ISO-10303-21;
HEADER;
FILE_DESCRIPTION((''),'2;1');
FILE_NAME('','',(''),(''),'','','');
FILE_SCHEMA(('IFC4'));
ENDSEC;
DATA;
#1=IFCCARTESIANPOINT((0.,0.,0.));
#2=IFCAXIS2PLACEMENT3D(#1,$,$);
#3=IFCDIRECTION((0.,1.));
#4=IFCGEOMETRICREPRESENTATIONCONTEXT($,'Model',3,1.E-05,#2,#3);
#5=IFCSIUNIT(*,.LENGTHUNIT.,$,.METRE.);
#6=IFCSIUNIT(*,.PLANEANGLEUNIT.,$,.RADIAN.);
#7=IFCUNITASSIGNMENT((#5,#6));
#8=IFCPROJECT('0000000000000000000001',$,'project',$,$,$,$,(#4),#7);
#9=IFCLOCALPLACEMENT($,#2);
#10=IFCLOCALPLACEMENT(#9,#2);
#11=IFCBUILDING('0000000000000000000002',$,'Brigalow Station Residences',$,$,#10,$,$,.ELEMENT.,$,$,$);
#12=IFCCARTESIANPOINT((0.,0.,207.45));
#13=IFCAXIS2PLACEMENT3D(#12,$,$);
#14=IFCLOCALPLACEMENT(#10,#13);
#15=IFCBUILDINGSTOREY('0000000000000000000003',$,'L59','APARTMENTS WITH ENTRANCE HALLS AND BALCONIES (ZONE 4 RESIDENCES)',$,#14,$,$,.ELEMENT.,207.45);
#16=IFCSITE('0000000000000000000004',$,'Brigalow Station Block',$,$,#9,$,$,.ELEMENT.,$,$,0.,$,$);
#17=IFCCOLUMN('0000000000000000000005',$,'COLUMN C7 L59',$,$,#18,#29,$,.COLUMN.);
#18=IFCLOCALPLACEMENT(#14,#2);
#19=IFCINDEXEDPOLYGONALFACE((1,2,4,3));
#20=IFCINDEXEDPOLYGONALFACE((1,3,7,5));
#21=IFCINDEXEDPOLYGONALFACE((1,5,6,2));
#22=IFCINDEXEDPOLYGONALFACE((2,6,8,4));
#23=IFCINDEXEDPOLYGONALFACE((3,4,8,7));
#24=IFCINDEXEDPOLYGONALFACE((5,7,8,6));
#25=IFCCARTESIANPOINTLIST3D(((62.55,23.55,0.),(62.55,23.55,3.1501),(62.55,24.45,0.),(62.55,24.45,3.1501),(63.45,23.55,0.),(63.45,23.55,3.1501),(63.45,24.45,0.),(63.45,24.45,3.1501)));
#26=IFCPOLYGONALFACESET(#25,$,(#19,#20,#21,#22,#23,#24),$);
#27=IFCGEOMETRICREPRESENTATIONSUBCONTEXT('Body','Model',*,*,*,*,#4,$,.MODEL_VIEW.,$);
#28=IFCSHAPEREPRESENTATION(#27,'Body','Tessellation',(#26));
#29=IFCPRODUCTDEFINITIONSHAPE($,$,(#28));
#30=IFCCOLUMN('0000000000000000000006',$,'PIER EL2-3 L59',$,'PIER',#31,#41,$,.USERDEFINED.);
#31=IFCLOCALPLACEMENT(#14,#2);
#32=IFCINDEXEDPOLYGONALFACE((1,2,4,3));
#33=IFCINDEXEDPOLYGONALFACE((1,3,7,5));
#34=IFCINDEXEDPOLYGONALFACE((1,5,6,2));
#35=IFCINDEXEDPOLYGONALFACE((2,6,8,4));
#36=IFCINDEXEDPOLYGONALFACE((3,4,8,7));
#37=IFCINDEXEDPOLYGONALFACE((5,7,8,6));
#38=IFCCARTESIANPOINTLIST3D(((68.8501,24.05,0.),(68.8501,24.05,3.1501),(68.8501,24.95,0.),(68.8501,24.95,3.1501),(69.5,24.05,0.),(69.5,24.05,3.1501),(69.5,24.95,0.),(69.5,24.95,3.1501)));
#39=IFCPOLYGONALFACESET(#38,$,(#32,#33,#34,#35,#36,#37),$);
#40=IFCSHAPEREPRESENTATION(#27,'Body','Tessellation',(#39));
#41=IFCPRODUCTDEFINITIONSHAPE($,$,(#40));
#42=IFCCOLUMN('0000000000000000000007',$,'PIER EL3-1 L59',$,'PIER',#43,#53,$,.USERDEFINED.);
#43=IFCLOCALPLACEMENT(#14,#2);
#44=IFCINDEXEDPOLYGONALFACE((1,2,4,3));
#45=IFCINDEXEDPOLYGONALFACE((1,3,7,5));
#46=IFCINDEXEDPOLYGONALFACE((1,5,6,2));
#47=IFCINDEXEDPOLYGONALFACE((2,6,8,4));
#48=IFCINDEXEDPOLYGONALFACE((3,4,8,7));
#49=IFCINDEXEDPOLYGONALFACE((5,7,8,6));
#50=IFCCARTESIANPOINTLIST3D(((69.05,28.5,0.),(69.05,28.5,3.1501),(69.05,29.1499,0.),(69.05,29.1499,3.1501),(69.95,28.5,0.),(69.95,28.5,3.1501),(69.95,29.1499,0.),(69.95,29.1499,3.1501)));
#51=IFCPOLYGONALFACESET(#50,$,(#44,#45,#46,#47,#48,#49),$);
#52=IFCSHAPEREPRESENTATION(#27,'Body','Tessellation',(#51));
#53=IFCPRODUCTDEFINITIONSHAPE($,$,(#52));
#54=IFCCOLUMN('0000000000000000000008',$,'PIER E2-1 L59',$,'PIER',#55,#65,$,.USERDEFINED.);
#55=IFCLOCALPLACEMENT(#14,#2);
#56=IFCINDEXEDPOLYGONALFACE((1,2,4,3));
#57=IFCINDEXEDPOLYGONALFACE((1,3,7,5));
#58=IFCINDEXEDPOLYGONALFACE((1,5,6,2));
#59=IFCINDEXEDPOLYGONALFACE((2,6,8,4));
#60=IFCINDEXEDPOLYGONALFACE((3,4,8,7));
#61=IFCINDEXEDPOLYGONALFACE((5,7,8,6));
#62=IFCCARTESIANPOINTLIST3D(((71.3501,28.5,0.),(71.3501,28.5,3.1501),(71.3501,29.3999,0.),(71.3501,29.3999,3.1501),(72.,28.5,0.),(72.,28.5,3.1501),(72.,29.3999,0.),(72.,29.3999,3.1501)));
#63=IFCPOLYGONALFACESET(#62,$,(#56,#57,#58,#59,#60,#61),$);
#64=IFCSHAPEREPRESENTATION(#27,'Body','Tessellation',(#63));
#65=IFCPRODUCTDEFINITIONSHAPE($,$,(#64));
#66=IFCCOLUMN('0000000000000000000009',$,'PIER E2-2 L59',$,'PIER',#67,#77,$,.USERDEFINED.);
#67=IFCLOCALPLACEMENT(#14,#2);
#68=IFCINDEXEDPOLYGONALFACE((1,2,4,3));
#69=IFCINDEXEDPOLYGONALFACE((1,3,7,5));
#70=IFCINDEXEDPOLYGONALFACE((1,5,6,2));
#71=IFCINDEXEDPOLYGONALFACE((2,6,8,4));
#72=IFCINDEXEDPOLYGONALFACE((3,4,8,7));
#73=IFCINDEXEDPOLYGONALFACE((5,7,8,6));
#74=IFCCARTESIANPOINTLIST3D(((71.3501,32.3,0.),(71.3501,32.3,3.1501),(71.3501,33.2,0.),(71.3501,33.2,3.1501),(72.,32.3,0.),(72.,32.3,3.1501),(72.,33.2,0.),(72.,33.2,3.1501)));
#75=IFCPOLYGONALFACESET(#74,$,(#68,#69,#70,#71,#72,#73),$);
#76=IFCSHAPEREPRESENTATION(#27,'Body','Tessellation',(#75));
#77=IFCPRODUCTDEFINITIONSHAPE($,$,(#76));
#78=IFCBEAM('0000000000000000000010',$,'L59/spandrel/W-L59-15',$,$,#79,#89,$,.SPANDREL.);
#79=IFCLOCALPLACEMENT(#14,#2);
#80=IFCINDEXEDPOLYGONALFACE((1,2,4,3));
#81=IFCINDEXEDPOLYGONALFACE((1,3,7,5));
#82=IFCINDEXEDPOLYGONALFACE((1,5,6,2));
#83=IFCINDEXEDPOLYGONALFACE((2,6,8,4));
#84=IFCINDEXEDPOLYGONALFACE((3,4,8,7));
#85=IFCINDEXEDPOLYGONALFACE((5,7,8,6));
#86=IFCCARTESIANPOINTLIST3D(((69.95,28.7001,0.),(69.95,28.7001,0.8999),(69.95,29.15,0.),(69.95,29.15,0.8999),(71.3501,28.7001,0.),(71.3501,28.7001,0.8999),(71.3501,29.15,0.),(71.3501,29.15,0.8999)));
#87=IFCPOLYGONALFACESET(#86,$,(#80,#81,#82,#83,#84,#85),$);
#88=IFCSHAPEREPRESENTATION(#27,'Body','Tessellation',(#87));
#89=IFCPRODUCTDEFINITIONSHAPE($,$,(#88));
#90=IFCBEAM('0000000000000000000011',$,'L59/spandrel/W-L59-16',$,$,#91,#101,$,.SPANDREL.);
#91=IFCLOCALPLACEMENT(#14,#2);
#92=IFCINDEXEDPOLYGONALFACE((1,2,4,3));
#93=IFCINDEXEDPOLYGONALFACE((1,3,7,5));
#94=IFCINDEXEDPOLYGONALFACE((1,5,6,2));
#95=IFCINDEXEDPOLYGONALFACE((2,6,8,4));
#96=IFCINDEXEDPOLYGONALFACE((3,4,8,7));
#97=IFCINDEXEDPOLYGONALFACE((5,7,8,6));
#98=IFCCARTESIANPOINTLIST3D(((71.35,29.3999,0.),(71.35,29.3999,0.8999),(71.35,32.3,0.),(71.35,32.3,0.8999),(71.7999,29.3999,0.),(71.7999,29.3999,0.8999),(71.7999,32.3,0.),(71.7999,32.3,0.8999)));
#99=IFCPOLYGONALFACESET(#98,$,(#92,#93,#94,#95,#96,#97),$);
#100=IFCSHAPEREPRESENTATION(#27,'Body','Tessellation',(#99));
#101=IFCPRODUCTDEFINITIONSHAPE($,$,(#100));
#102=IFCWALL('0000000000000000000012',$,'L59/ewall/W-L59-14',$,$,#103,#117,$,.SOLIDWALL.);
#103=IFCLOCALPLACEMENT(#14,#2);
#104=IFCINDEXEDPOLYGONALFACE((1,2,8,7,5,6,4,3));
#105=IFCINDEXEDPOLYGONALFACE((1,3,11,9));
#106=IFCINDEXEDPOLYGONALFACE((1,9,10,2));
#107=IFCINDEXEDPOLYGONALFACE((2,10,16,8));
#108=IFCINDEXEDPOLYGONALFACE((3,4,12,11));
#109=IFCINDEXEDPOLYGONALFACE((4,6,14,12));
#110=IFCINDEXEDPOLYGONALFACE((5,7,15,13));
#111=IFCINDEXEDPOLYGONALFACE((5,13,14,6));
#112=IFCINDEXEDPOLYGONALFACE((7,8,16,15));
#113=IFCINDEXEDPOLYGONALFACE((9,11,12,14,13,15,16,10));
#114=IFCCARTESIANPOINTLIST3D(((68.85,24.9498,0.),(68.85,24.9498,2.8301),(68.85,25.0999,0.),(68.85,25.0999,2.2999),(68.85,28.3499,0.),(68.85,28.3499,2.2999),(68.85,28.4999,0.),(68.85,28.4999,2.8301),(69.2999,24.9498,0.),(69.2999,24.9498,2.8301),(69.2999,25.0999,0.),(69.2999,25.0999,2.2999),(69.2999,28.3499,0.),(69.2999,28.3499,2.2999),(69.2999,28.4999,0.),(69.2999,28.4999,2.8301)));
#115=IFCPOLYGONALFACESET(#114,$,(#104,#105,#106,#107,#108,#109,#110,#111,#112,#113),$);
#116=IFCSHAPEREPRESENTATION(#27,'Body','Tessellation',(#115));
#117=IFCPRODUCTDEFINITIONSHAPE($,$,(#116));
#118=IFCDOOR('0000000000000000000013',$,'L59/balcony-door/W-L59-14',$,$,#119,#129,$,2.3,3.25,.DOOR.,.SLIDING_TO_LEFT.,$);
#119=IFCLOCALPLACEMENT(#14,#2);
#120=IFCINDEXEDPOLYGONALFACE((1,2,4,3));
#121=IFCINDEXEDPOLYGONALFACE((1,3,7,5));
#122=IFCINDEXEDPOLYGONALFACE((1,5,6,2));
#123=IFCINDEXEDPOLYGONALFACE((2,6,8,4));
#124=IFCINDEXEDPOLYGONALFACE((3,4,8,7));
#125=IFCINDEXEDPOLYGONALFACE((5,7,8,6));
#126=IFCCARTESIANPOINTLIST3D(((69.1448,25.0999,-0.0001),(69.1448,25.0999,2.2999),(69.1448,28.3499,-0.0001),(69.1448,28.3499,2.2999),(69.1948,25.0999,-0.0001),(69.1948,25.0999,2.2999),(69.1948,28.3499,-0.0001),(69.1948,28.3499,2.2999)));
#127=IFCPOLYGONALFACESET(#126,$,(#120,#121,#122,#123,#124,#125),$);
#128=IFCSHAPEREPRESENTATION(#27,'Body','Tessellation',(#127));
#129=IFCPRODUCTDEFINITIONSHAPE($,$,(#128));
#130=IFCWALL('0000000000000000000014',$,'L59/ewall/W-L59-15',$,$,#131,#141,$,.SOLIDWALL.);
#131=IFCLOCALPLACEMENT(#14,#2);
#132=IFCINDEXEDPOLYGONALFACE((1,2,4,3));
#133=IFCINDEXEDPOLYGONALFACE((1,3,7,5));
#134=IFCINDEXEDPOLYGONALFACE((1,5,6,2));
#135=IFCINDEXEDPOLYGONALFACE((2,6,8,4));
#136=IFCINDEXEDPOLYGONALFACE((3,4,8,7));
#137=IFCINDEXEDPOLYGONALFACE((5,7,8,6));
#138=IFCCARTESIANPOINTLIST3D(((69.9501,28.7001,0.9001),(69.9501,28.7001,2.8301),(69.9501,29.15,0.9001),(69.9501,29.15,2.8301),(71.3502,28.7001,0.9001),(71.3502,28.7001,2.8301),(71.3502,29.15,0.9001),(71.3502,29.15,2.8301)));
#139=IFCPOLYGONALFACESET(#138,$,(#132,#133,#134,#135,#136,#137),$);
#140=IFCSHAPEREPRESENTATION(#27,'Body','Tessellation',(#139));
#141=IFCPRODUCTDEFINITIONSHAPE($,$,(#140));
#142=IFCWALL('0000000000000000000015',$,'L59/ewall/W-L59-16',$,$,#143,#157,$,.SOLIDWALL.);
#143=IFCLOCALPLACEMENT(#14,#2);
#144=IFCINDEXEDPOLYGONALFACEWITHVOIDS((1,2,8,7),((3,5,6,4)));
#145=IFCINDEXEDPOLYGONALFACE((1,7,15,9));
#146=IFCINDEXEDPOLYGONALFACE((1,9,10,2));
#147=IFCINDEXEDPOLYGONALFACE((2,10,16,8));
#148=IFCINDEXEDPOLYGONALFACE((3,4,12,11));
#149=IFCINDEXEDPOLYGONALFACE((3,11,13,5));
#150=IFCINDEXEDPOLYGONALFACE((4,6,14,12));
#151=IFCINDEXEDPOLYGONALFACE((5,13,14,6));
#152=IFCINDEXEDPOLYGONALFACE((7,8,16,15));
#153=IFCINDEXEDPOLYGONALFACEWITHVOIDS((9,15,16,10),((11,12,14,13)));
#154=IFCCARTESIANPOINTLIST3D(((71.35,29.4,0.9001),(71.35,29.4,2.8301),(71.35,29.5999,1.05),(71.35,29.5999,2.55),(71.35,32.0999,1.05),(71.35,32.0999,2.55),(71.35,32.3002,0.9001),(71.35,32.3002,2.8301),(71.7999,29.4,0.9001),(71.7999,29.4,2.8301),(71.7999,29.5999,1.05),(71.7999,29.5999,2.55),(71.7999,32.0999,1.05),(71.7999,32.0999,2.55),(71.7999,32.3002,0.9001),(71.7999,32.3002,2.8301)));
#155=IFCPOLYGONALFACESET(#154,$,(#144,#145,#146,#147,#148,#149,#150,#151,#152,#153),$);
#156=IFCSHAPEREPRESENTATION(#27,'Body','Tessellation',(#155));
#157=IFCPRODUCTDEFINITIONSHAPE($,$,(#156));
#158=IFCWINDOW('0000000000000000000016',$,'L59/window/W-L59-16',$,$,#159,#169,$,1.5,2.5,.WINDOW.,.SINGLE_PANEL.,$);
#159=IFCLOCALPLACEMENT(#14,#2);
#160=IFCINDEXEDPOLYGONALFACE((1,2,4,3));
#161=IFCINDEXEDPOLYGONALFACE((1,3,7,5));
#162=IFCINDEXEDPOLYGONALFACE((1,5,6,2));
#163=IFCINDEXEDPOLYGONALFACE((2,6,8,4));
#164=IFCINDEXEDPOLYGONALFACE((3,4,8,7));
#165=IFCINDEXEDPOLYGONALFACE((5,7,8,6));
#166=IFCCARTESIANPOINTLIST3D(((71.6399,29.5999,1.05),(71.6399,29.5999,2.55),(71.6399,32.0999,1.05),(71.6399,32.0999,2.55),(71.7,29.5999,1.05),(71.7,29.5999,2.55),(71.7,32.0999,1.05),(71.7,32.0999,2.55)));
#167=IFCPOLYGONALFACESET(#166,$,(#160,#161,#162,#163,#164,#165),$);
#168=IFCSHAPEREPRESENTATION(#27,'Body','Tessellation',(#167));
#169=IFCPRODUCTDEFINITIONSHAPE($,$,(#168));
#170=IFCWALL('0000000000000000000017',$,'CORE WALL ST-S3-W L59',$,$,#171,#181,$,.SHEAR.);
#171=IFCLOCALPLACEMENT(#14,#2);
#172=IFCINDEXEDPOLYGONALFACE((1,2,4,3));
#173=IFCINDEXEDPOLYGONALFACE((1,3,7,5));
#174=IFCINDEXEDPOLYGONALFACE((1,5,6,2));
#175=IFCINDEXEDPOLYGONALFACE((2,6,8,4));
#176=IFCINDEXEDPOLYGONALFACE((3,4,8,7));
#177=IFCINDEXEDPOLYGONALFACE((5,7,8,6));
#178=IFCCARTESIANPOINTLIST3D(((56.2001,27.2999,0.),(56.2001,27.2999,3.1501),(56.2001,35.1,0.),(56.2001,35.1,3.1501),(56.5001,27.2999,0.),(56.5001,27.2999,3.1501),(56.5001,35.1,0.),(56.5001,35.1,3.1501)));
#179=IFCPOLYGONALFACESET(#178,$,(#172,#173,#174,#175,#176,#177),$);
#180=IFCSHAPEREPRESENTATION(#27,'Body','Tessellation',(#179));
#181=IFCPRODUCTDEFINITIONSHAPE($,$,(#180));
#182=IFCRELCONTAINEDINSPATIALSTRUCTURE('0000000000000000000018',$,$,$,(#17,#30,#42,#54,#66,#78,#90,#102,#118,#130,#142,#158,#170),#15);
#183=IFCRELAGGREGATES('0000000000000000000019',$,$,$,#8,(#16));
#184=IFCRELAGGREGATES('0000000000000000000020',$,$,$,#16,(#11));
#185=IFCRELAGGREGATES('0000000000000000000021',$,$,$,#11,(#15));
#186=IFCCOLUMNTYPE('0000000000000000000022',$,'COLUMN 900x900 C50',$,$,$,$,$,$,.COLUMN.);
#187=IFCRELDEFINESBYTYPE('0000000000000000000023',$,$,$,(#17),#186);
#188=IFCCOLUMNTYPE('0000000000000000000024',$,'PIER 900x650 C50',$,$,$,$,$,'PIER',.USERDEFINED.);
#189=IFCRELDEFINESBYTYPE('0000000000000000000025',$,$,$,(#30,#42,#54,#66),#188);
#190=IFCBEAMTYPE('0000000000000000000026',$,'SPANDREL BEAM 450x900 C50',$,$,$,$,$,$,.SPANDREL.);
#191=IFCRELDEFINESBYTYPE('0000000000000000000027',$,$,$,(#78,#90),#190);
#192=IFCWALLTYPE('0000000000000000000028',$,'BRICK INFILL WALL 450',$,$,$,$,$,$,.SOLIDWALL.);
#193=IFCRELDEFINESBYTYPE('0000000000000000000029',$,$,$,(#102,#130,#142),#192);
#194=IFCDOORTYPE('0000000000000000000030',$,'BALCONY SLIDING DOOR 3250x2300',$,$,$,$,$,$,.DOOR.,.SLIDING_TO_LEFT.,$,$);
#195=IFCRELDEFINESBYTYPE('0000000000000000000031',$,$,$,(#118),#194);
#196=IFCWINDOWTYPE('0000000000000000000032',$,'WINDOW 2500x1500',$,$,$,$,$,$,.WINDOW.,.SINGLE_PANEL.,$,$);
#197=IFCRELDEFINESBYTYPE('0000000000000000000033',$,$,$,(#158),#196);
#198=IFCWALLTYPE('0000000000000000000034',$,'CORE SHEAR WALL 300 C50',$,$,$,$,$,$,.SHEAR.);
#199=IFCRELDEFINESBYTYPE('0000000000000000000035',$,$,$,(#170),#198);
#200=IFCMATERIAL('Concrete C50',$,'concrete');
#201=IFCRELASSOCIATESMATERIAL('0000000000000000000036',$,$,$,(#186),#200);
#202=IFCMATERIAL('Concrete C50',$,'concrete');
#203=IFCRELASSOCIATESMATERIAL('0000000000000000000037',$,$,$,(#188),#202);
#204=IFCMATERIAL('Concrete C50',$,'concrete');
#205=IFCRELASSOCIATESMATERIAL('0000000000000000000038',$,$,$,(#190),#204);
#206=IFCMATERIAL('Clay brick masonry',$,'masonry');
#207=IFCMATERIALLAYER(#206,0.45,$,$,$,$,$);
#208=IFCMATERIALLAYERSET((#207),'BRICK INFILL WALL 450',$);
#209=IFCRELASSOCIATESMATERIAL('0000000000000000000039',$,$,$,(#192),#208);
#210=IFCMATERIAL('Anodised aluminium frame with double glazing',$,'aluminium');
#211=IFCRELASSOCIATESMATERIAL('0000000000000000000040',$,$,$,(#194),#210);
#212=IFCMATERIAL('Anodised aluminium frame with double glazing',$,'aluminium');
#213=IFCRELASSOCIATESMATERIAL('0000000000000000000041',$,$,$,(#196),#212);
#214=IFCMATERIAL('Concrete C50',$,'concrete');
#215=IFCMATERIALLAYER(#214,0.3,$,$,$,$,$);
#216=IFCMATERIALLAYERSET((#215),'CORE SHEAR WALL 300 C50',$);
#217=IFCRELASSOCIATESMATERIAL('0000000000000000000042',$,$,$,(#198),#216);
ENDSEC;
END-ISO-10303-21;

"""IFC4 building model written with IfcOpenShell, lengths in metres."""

from ifc_helpers import new_model, si_unit, direction, frame, frame_2d, origin, origin_2d, place, context, subcontext, project, spatial, rectangle, extrude, material, layer, layer_set, material_profile, profile_set, type_object, element, fill, save


model = new_model("IFC4")

# Units and contexts
model_context = context("Model", 3, precision=1e-05, world=origin(), true_north=direction((0.0, 1.0)))
body_context = subcontext(model_context, "Body", "Model", "MODEL_VIEW")
ifc_project = project(units=[si_unit("LENGTHUNIT", "METRE"), si_unit("PLANEANGLEUNIT", "RADIAN")], contexts=[model_context])

# Site, building, storey
site_placement = place(None, origin())
site = spatial("IfcSite", under=ifc_project, at=site_placement, Name="Brigalow Station Block", CompositionType="ELEMENT", RefElevation=0.0)
building_placement = place(site_placement, origin())
building = spatial("IfcBuilding", under=site, at=building_placement, Name="Brigalow Station Residences", CompositionType="ELEMENT")
storey_placement = place(building_placement, frame((0.0, 0.0, 207.45)))
storey = spatial("IfcBuildingStorey", under=building, at=storey_placement, Name="L59", Description="APARTMENTS WITH ENTRANCE HALLS AND BALCONIES (ZONE 4 RESIDENCES)", CompositionType="ELEMENT", Elevation=207.45)

# Columns
ifc_material_1 = material(Name="Concrete C50", Category="concrete")
ifc_material_profile_1 = material_profile(ifc_material_1, rectangle(XDim=0.8999, YDim=0.8999, at=origin_2d()), Name="RC900x900")
ifc_profile_set_1 = profile_set([ifc_material_profile_1], Name="Concrete C50")
column_type_1 = type_object("IfcColumnType", Name="COLUMN 900x900 C50", PredefinedType="COLUMN", material=ifc_profile_set_1)
column_placement = place(storey_placement, frame((63.0, 24.0, 0.0), z_axis=(0.0, 0.0, 1.0), x_axis=(1.0, 0.0, 0.0)))
element("IfcColumn", 1, at=column_placement, inside=storey, type_object=column_type_1, Name="COLUMN C7 L59", PredefinedType="COLUMN", context=body_context, shape_type="SweptSolid", body=[
    extrude(rectangle(XDim=0.8999, YDim=0.8999, at=origin_2d()), origin(), (0.0, 0.0, 1.0), 3.1501),
])
ifc_material_2 = material(Name="Concrete C50", Category="concrete")
ifc_material_profile_2 = material_profile(ifc_material_2, rectangle(XDim=0.8999, YDim=0.6499, at=origin_2d()), Name="RC900x650")
ifc_profile_set_2 = profile_set([ifc_material_profile_2], Name="Concrete C50")
column_type_2 = type_object("IfcColumnType", Name="PIER 900x650 C50", ElementType="PIER", PredefinedType="USERDEFINED", material=ifc_profile_set_2)
for number, where, z_axis, x_axis, name in (
    (2, (69.175, 24.5, 0.0), (0.0, 0.0, 1.0), (0.0, 1.0, 0.0), "PIER EL2-3 L59"),
    (3, (69.5, 28.825, 0.0), (0.0, 0.0, 1.0), (1.0, 0.0, 0.0), "PIER EL3-1 L59"),
    (4, (71.675, 28.95, 0.0), (0.0, 0.0, 1.0), (0.0, 1.0, 0.0), "PIER E2-1 L59"),
    (5, (71.675, 32.75, 0.0), (0.0, 0.0, 1.0), (0.0, 1.0, 0.0), "PIER E2-2 L59"),
):
    element("IfcColumn", number, at=place(storey_placement, frame(where, z_axis=z_axis, x_axis=x_axis)), inside=storey, type_object=column_type_2, Name=name, ObjectType="PIER", PredefinedType="USERDEFINED", context=body_context, shape_type="SweptSolid", body=[
        extrude(rectangle(XDim=0.8999, YDim=0.6499, at=origin_2d()), origin(), (0.0, 0.0, 1.0), 3.1501),
    ])

# Beams
ifc_material_3 = material(Name="Concrete C50", Category="concrete")
ifc_material_profile_3 = material_profile(ifc_material_3, rectangle(XDim=0.45, YDim=0.8999, at=origin_2d()), Name="RC450x900")
ifc_profile_set_3 = profile_set([ifc_material_profile_3], Name="Concrete C50")
beam_type = type_object("IfcBeamType", Name="SPANDREL BEAM 450x900 C50", PredefinedType="SPANDREL", material=ifc_profile_set_3)
beam_1_placement = place(storey_placement, frame((69.95, 28.925, 0.45), z_axis=(1.0, 0.0, 0.0), x_axis=(0.0, 1.0, 0.0)))
element("IfcBeam", 6, at=beam_1_placement, inside=storey, type_object=beam_type, Name="L59/spandrel/W-L59-15", PredefinedType="SPANDREL", context=body_context, shape_type="SweptSolid", body=[
    extrude(rectangle(XDim=0.45, YDim=0.8999, at=origin_2d()), origin(), (0.0, 0.0, 1.0), 1.4001),
])
beam_2_placement = place(storey_placement, frame((71.575, 29.3999, 0.45), z_axis=(0.0, 1.0, 0.0), x_axis=(-1.0, 0.0, 0.0)))
element("IfcBeam", 7, at=beam_2_placement, inside=storey, type_object=beam_type, Name="L59/spandrel/W-L59-16", PredefinedType="SPANDREL", context=body_context, shape_type="SweptSolid", body=[
    extrude(rectangle(XDim=0.45, YDim=0.8999, at=origin_2d()), origin(), (0.0, 0.0, 1.0), 2.9001),
])

# Wall, opening, door
ifc_material_4 = material(Name="Clay brick masonry", Category="masonry")
ifc_layer_1 = layer(ifc_material_4, 0.45)
ifc_layer_set_1 = layer_set([ifc_layer_1], Name="BRICK INFILL WALL 450")
wall_type_1 = type_object("IfcWallType", Name="BRICK INFILL WALL 450", PredefinedType="SOLIDWALL", material=ifc_layer_set_1)
wall_1_placement = place(storey_placement, frame((69.075, 24.95, 0.0), z_axis=(0.0, 0.0, 1.0), x_axis=(0.0, 1.0, 0.0)))
wall_1 = element("IfcWall", 8, at=wall_1_placement, inside=storey, type_object=wall_type_1, Name="L59/ewall/W-L59-14", PredefinedType="SOLIDWALL", context=body_context, shape_type="SweptSolid", body=[
    extrude(rectangle(XDim=3.55, YDim=0.45, at=frame_2d((1.7749, 0.0))), origin(), (0.0, 0.0, 1.0), 2.8301),
])
opening_1_placement = place(wall_1_placement, frame((0.1499, 0.0, 0.0)))
opening_1 = element("IfcOpeningElement", 9, at=opening_1_placement, cuts=wall_1, PredefinedType="OPENING", context=body_context, shape_type="SweptSolid", body=[
    extrude(rectangle(XDim=3.25, YDim=2.3, at=frame_2d((1.625, 1.1499))), frame((0.0, 0.2349, 0.0), z_axis=(0.0, -1.0, 0.0), x_axis=(1.0, 0.0, 0.0)), (0.0, 0.0, 1.0), 0.47),
])
ifc_material_5 = material(Name="Anodised aluminium frame with double glazing", Category="aluminium")
door_type_1 = type_object("IfcDoorType", Name="BALCONY SLIDING DOOR 3250x2300", OperationType="SLIDING_TO_LEFT", PredefinedType="DOOR", material=ifc_material_5)
door_1_placement = place(opening_1_placement, origin())
door_1 = element("IfcDoor", 10, at=door_1_placement, inside=storey, type_object=door_type_1, Name="L59/balcony-door/W-L59-14", OperationType="SLIDING_TO_LEFT", OverallHeight=2.3, OverallWidth=3.25, PredefinedType="DOOR", context=body_context, shape_type="SweptSolid", body=[
    extrude(rectangle(XDim=3.25, YDim=2.3, at=frame_2d((1.625, 1.1499))), frame((0.0, -0.0698, 0.0), z_axis=(0.0, -1.0, 0.0), x_axis=(1.0, 0.0, 0.0)), (0.0, 0.0, 1.0), 0.05),
])
fill(opening_1, door_1)

# Wall
wall_2_placement = place(storey_placement, frame((69.95, 28.925, 0.9001), z_axis=(0.0, 0.0, 1.0), x_axis=(1.0, 0.0, 0.0)))
element("IfcWall", 11, at=wall_2_placement, inside=storey, type_object=wall_type_1, Name="L59/ewall/W-L59-15", PredefinedType="SOLIDWALL", context=body_context, shape_type="SweptSolid", body=[
    extrude(rectangle(XDim=1.4001, YDim=0.45, at=frame_2d((0.7002, 0.0))), origin(), (0.0, 0.0, 1.0), 1.9299),
])

# Wall, opening, window
wall_3_placement = place(storey_placement, frame((71.575, 29.3999, 0.9001), z_axis=(0.0, 0.0, 1.0), x_axis=(0.0, 1.0, 0.0)))
wall_3 = element("IfcWall", 12, at=wall_3_placement, inside=storey, type_object=wall_type_1, Name="L59/ewall/W-L59-16", PredefinedType="SOLIDWALL", context=body_context, shape_type="SweptSolid", body=[
    extrude(rectangle(XDim=2.9001, YDim=0.45, at=frame_2d((1.4502, 0.0))), origin(), (0.0, 0.0, 1.0), 1.9299),
])
opening_2_placement = place(wall_3_placement, frame((0.2, 0.0, 0.1499)))
opening_2 = element("IfcOpeningElement", 13, at=opening_2_placement, cuts=wall_3, PredefinedType="OPENING", context=body_context, shape_type="SweptSolid", body=[
    extrude(rectangle(XDim=2.5, YDim=1.5, at=frame_2d((1.25, 0.75))), frame((0.0, 0.2349, 0.0), z_axis=(0.0, -1.0, 0.0), x_axis=(1.0, 0.0, 0.0)), (0.0, 0.0, 1.0), 0.47),
])
ifc_material_6 = material(Name="Anodised aluminium frame with double glazing", Category="aluminium")
window_type = type_object("IfcWindowType", Name="WINDOW 2500x1500", PartitioningType="SINGLE_PANEL", PredefinedType="WINDOW", material=ifc_material_6)
window_placement = place(opening_2_placement, origin())
window = element("IfcWindow", 14, at=window_placement, inside=storey, type_object=window_type, Name="L59/window/W-L59-16", OverallHeight=1.5, OverallWidth=2.5, PartitioningType="SINGLE_PANEL", PredefinedType="WINDOW", context=body_context, shape_type="SweptSolid", body=[
    extrude(rectangle(XDim=2.5, YDim=1.5, at=frame_2d((1.25, 0.75))), frame((0.0, -0.0649, 0.0), z_axis=(0.0, -1.0, 0.0), x_axis=(1.0, 0.0, 0.0)), (0.0, 0.0, 1.0), 0.0601),
])
fill(opening_2, window)

# Wall
ifc_material_7 = material(Name="Concrete C50", Category="concrete")
ifc_layer_2 = layer(ifc_material_7, 0.3)
ifc_layer_set_2 = layer_set([ifc_layer_2], Name="CORE SHEAR WALL 300 C50")
wall_type_2 = type_object("IfcWallType", Name="CORE SHEAR WALL 300 C50", PredefinedType="SHEAR", material=ifc_layer_set_2)
for number, where, z_axis, x_axis, name in (
    (15, (56.3501, 27.3, 0.0), (0.0, 0.0, 1.0), (0.0, 1.0, 0.0), "CORE WALL ST-S3-W L59"),
):
    element("IfcWall", number, at=place(storey_placement, frame(where, z_axis=z_axis, x_axis=x_axis)), inside=storey, type_object=wall_type_2, Name=name, PredefinedType="SHEAR", context=body_context, shape_type="SweptSolid", body=[
        extrude(rectangle(XDim=7.8, YDim=0.3, at=frame_2d((3.8999, 0.0))), origin(), (0.0, 0.0, 1.0), 3.1501),
    ])

save(model, "model.ifc")
